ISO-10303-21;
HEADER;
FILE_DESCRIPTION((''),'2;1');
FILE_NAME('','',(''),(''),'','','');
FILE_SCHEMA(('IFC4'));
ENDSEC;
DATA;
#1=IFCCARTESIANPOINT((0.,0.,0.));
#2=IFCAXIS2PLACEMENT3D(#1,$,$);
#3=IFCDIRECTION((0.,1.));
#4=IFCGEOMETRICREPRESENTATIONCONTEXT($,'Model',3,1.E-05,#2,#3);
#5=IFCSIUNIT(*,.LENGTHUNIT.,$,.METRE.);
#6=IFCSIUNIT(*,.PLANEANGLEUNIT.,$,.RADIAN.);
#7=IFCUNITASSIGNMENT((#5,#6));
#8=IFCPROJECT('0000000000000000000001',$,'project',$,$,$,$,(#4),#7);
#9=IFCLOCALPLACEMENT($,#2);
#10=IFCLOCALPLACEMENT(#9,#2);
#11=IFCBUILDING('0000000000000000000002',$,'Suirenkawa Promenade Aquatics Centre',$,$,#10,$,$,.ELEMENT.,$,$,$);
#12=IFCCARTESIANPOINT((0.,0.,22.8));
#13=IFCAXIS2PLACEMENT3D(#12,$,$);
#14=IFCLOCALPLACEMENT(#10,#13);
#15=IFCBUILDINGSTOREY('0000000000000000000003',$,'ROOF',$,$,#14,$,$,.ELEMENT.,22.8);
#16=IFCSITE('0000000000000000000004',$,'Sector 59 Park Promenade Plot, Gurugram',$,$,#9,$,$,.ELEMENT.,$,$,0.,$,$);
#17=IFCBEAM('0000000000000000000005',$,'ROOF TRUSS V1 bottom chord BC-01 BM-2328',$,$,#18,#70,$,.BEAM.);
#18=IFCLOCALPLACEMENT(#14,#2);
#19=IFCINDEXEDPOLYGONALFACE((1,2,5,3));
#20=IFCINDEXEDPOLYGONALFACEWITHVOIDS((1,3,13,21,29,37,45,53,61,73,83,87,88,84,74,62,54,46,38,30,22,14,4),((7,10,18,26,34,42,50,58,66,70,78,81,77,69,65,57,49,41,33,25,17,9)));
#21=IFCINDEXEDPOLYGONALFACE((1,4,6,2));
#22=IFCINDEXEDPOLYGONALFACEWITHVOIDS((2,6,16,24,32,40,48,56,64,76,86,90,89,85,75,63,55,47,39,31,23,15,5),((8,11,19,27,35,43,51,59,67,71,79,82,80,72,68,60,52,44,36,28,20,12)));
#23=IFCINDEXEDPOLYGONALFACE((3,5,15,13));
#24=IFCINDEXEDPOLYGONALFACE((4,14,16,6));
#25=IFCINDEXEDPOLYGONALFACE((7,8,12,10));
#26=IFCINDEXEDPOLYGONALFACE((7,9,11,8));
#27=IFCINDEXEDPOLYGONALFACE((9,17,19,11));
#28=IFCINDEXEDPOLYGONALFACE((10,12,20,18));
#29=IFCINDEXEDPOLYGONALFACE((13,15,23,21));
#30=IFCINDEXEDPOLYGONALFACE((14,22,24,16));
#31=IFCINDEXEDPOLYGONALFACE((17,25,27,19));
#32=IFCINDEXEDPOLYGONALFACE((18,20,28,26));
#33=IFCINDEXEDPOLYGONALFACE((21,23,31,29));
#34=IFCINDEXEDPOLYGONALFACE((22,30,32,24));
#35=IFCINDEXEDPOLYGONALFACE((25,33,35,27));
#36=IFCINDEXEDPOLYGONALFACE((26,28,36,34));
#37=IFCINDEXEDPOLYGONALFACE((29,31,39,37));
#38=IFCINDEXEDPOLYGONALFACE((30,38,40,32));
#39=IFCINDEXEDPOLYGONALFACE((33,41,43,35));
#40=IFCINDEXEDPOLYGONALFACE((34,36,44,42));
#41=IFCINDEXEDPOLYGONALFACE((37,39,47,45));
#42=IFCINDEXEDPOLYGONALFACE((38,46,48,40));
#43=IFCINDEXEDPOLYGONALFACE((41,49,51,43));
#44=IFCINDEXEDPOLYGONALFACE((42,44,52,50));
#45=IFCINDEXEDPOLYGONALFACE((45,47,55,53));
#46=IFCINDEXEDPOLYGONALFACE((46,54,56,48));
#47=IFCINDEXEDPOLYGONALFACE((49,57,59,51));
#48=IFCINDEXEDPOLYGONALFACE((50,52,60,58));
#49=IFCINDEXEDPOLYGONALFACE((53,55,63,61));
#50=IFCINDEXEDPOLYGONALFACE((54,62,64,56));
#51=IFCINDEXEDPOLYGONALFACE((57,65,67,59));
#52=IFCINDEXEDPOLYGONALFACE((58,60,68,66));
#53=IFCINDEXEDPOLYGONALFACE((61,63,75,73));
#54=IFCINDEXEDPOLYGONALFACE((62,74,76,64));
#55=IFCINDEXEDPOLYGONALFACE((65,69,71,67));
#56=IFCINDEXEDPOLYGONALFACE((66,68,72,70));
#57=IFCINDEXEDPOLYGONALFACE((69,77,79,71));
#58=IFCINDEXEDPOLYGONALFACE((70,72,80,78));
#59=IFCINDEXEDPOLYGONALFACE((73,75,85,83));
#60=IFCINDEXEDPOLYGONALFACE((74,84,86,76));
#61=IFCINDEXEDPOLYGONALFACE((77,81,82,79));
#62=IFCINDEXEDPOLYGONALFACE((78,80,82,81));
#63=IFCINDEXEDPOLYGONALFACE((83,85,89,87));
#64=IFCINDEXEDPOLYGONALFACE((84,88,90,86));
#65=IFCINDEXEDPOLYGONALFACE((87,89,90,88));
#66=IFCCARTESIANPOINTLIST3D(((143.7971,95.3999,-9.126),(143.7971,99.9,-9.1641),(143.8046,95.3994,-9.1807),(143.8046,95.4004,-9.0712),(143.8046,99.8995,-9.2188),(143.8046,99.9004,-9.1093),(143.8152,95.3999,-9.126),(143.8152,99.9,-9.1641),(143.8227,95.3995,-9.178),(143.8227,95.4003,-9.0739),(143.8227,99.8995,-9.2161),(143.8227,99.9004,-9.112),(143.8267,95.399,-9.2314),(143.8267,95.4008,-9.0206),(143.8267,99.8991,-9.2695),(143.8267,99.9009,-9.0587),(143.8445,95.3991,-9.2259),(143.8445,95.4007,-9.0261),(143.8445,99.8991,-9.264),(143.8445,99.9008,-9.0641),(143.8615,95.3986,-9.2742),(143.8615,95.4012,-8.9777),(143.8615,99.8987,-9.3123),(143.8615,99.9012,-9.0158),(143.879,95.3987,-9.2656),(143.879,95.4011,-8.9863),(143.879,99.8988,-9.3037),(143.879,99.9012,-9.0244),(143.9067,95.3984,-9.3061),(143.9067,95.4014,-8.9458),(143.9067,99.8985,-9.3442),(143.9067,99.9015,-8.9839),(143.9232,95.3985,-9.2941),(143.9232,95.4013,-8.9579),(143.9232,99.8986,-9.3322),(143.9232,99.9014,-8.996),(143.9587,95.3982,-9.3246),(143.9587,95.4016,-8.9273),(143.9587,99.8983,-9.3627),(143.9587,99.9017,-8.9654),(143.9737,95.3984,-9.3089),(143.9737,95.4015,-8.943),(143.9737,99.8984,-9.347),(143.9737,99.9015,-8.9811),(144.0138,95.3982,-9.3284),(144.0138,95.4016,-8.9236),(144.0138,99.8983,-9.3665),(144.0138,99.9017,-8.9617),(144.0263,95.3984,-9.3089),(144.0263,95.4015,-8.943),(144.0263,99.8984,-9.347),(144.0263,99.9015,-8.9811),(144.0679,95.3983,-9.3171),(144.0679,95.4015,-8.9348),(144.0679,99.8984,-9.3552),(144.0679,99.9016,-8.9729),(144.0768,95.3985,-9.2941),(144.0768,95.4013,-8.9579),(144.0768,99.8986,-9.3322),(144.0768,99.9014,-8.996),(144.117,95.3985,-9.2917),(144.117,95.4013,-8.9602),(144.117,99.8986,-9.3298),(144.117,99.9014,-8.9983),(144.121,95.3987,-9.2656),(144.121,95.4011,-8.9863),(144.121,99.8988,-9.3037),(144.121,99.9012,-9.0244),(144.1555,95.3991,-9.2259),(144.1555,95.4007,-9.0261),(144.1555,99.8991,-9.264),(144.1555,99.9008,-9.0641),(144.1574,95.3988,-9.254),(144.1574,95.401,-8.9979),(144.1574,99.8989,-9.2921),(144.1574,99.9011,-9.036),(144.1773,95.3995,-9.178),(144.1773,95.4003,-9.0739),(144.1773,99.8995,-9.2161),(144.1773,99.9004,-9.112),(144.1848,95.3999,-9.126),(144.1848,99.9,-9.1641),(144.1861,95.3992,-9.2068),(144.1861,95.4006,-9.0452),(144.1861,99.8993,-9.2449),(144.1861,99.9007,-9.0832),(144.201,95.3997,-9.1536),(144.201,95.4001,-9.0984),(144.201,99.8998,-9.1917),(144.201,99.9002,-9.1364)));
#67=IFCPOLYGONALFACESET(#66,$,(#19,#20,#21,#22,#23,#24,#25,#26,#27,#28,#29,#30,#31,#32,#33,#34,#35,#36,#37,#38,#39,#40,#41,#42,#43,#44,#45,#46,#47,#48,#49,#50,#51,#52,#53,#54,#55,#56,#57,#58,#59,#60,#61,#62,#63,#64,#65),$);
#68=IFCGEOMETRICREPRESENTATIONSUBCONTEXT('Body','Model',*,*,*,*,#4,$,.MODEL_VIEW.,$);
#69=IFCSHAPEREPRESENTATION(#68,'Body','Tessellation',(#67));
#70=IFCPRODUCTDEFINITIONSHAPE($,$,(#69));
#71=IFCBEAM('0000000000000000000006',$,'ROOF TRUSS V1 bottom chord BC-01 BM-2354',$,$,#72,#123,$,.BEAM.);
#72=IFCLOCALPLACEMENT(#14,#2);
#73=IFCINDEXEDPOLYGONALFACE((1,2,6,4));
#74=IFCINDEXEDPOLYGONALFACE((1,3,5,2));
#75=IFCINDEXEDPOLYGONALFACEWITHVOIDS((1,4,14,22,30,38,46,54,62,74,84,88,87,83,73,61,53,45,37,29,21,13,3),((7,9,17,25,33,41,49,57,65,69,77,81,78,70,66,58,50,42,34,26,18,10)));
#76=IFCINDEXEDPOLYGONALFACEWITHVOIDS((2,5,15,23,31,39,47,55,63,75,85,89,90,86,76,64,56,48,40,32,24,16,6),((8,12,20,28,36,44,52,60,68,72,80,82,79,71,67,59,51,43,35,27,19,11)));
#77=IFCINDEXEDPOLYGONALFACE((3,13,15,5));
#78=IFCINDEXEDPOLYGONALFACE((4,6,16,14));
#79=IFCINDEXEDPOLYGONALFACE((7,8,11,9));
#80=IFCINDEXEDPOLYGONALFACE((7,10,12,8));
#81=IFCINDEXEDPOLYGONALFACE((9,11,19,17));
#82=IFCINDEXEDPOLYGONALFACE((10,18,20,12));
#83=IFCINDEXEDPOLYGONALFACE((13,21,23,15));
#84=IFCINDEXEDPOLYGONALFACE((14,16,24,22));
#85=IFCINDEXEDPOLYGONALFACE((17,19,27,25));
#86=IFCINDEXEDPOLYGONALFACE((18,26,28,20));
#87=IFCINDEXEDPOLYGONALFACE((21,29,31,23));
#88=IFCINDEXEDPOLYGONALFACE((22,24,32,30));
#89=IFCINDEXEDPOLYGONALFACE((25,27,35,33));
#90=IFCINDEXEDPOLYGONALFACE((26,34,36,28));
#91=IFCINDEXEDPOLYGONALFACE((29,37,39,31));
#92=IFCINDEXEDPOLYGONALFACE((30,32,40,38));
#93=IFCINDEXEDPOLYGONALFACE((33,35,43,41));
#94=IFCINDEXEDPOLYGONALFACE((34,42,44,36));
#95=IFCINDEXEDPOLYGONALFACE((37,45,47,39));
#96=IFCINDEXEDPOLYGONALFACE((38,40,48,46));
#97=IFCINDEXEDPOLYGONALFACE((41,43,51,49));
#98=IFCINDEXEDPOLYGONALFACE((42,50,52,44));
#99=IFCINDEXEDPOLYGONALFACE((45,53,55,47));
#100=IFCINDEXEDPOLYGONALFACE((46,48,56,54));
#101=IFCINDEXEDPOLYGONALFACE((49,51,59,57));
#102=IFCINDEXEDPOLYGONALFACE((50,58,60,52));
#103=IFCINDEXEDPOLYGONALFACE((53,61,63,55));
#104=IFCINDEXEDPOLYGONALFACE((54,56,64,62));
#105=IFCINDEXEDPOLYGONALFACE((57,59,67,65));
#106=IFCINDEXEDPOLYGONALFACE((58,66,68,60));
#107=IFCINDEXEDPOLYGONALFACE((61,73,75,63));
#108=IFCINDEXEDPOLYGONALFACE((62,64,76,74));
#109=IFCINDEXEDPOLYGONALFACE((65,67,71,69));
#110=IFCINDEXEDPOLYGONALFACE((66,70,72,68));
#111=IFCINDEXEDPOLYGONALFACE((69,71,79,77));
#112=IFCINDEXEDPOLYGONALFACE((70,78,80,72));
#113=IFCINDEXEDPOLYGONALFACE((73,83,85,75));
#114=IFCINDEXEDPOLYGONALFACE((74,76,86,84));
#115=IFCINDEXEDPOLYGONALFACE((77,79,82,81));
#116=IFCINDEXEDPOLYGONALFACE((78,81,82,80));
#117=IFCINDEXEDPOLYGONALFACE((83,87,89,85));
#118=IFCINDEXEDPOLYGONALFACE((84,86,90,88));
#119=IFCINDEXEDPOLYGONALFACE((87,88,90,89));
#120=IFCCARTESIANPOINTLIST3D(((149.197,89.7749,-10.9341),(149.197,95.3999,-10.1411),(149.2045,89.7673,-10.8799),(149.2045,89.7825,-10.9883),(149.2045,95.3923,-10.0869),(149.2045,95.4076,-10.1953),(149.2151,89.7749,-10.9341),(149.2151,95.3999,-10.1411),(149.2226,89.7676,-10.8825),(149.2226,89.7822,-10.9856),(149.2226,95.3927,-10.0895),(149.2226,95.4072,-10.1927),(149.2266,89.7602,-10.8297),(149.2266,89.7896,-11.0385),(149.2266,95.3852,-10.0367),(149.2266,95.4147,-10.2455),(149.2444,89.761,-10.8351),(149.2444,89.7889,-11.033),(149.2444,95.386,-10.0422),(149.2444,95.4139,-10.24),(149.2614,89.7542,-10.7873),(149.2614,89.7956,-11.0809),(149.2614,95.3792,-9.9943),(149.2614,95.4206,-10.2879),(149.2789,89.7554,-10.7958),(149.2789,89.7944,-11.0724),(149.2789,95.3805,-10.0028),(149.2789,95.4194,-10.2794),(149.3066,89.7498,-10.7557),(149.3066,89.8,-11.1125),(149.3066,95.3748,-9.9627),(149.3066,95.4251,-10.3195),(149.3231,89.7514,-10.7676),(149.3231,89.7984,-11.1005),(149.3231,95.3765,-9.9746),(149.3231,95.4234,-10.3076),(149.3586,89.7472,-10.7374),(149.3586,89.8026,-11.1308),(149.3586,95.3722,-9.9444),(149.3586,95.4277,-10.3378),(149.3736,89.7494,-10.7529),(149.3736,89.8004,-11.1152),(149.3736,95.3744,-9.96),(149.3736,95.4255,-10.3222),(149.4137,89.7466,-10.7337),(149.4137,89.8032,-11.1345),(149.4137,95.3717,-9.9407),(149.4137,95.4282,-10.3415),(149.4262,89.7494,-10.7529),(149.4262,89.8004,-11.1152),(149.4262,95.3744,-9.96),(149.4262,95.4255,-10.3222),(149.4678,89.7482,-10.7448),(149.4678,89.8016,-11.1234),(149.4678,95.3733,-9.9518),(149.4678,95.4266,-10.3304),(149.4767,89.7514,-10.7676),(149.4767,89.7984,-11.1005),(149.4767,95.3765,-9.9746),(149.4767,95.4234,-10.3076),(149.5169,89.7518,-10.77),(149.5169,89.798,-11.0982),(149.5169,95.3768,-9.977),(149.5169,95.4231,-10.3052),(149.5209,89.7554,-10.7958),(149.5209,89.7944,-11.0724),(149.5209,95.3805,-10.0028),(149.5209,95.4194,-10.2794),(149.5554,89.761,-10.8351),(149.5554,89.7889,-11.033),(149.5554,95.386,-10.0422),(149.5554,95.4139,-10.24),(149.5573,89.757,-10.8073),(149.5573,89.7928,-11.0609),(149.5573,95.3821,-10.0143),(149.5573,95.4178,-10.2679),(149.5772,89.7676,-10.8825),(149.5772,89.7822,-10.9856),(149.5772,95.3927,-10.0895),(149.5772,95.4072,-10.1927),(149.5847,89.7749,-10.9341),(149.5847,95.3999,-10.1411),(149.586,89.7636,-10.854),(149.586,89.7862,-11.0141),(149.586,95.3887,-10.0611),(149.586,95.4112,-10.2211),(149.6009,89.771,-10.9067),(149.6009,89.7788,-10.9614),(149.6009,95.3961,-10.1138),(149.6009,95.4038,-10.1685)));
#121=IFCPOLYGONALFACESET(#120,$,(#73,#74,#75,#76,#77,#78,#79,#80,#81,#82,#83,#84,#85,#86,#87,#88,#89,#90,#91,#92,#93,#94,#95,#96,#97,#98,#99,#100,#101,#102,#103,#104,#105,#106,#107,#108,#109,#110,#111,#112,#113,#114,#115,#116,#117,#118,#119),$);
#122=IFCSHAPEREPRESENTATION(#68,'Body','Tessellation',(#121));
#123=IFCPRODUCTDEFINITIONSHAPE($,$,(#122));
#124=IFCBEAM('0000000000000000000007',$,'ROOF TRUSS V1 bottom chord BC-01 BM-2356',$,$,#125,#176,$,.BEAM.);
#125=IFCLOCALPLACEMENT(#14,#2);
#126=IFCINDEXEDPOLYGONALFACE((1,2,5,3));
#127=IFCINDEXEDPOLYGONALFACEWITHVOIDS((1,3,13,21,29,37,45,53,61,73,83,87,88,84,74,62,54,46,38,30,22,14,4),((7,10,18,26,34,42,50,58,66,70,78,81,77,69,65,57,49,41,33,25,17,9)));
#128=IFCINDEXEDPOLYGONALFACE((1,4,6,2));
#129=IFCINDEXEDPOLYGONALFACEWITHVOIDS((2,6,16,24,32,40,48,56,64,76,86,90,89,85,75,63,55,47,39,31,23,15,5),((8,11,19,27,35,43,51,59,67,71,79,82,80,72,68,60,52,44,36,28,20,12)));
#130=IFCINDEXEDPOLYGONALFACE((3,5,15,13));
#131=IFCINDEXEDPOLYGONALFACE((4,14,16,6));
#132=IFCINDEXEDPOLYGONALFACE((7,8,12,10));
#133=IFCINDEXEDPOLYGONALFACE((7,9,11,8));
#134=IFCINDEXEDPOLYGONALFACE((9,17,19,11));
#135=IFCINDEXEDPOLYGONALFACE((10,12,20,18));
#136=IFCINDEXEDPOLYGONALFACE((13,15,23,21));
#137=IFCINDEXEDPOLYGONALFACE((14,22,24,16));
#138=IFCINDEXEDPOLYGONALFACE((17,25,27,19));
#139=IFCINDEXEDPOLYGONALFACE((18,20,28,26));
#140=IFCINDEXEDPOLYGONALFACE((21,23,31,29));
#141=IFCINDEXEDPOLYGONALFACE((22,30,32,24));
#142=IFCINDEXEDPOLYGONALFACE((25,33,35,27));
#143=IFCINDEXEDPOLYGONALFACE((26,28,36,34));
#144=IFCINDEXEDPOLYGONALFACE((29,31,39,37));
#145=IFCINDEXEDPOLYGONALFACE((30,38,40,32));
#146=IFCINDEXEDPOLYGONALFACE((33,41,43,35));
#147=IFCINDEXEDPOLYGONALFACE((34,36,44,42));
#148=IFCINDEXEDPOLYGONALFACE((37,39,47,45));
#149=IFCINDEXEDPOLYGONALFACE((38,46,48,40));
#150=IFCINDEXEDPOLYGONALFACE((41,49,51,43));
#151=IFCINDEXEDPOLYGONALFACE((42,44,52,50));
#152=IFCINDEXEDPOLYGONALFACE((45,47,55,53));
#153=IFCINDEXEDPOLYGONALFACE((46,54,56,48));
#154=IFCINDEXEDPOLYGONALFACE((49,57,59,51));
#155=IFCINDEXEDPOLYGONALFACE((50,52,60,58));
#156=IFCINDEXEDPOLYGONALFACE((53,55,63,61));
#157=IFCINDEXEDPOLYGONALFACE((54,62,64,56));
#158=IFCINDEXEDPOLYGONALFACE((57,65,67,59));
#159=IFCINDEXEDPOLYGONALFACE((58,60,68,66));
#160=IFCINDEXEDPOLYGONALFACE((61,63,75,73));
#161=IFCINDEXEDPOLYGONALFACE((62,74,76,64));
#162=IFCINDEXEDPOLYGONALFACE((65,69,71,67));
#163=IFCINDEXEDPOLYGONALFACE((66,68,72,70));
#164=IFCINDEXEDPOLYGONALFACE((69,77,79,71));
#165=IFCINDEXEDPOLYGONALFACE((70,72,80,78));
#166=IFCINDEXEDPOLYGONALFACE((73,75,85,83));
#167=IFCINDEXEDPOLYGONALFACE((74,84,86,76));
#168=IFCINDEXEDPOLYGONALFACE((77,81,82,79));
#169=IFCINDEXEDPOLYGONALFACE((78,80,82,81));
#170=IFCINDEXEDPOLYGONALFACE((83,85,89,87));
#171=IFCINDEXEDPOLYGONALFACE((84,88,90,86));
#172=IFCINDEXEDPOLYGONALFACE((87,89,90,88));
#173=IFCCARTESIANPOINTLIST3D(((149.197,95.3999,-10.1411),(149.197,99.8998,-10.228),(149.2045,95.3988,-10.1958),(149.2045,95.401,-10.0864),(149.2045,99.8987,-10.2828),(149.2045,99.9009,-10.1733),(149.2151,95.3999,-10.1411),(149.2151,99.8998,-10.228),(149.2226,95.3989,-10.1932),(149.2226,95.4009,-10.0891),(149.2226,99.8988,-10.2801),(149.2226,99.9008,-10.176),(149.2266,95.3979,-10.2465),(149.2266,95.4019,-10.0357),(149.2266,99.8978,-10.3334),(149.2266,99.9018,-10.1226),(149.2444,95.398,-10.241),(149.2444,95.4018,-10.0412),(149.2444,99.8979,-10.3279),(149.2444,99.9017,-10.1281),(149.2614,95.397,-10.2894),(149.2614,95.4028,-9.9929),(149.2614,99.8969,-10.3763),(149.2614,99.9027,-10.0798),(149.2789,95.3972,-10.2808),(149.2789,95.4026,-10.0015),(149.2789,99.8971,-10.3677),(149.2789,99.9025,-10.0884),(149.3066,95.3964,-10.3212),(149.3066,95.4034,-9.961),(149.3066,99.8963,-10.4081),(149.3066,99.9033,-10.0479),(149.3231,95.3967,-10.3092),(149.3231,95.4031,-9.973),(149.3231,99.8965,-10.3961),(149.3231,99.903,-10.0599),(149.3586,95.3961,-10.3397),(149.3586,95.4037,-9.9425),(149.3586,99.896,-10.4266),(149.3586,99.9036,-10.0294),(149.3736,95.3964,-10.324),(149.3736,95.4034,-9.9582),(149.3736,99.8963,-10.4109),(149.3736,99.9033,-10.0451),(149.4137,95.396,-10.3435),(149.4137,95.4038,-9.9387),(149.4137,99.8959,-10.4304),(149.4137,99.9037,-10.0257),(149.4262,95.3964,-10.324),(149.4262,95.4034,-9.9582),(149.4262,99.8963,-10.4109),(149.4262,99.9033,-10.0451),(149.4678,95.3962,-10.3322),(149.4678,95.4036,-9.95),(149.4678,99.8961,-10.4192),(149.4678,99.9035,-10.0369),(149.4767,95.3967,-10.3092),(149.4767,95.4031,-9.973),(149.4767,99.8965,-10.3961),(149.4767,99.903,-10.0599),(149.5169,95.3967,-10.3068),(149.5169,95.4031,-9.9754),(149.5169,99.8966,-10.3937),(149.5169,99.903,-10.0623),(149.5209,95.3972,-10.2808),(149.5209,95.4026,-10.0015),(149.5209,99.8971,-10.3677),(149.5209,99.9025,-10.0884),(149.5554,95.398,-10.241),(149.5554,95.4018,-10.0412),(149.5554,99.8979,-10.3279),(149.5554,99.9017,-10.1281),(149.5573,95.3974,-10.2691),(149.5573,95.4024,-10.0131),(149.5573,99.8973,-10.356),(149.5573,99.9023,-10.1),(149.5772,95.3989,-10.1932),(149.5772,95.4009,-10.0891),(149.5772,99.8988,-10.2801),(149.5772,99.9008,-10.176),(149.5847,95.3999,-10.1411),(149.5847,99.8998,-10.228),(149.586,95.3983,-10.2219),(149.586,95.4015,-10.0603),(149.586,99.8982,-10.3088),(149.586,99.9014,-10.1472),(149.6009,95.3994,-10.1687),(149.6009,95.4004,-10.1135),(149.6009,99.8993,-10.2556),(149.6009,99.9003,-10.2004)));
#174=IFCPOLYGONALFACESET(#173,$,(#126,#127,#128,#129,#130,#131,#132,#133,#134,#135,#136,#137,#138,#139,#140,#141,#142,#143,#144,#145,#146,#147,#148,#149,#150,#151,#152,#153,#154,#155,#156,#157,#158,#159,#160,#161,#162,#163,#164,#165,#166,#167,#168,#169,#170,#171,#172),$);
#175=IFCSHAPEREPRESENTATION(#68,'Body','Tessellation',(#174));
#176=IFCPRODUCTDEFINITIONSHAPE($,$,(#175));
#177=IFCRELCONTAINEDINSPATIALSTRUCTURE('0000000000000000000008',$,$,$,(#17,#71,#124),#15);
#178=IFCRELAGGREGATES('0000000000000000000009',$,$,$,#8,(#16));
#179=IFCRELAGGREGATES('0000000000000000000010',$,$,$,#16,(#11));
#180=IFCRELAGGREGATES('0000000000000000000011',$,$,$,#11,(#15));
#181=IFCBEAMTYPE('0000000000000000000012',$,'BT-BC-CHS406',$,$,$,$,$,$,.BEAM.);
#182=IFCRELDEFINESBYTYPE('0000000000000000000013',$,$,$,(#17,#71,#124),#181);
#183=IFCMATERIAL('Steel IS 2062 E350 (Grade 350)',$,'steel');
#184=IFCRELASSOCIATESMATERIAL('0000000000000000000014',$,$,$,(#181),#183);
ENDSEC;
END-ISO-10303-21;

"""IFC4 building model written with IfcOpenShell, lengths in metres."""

from ifc_helpers import new_model, si_unit, direction, frame, origin, origin_2d, place, context, subcontext, project, spatial, hollow_circle, extrude, material, material_profile, profile_set, type_object, element, save


model = new_model("IFC4")

# Units and contexts
model_context = context("Model", 3, precision=1e-05, world=origin(), true_north=direction((0.0, 1.0)))
body_context = subcontext(model_context, "Body", "Model", "MODEL_VIEW")
ifc_project = project(units=[si_unit("LENGTHUNIT", "METRE"), si_unit("PLANEANGLEUNIT", "RADIAN")], contexts=[model_context])

# Site, building, storey
site_placement = place(None, origin())
site = spatial("IfcSite", under=ifc_project, at=site_placement, Name="Sector 59 Park Promenade Plot, Gurugram", CompositionType="ELEMENT", RefElevation=0.0)
building_placement = place(site_placement, origin())
building = spatial("IfcBuilding", under=site, at=building_placement, Name="Suirenkawa Promenade Aquatics Centre", CompositionType="ELEMENT")
storey_placement = place(building_placement, frame((0.0, 0.0, 22.8)))
storey = spatial("IfcBuildingStorey", under=building, at=storey_placement, Name="ROOF", CompositionType="ELEMENT", Elevation=22.8)

# Beams
ifc_material = material(Name="Steel IS 2062 E350 (Grade 350)", Category="steel")
ifc_material_profile_1 = material_profile(ifc_material, hollow_circle(Radius=0.2029, WallThickness=0.0181, at=origin_2d()), Name="CHS 406x18", Category="steel")
ifc_profile_set_1 = profile_set([ifc_material_profile_1], Name="Steel IS 2062 E350 (Grade 350)")
beam_type_1 = type_object("IfcBeamType", Name="BT-BC-CHS406", PredefinedType="BEAM", material=ifc_profile_set_1)
beam_1_placement = place(storey_placement, frame((144.0, 95.3999, -9.126), z_axis=(0.0, 0.999964, -0.008463), x_axis=(-1.0, 0.0, 0.0)))
element("IfcBeam", 1, at=beam_1_placement, inside=storey, type_object=beam_type_1, Name="ROOF TRUSS V1 bottom chord BC-01 BM-2328", PredefinedType="BEAM", context=body_context, shape_type="SweptSolid", body=[
    extrude(hollow_circle(Radius=0.2029, WallThickness=0.0181, at=origin_2d()), origin(), (0.0, 0.0, 1.0), 4.5002),
])
beam_2_placement = place(storey_placement, frame((149.3999, 89.7749, -10.9341), z_axis=(0.0, 0.990209, 0.139592), x_axis=(-1.0, 0.0, 0.0)))
element("IfcBeam", 2, at=beam_2_placement, inside=storey, type_object=beam_type_1, Name="ROOF TRUSS V1 bottom chord BC-01 BM-2354", PredefinedType="BEAM", context=body_context, shape_type="SweptSolid", body=[
    extrude(hollow_circle(Radius=0.2029, WallThickness=0.0181, at=origin_2d()), origin(), (0.0, 0.0, 1.0), 5.6807),
])
beam_3_placement = place(storey_placement, frame((149.3999, 95.3999, -10.1411), z_axis=(0.0, 0.999814, -0.019311), x_axis=(-1.0, 0.0, 0.0)))
element("IfcBeam", 3, at=beam_3_placement, inside=storey, type_object=beam_type_1, Name="ROOF TRUSS V1 bottom chord BC-01 BM-2356", PredefinedType="BEAM", context=body_context, shape_type="SweptSolid", body=[
    extrude(hollow_circle(Radius=0.2029, WallThickness=0.0181, at=origin_2d()), origin(), (0.0, 0.0, 1.0), 4.5007),
])

save(model, "model.ifc")
